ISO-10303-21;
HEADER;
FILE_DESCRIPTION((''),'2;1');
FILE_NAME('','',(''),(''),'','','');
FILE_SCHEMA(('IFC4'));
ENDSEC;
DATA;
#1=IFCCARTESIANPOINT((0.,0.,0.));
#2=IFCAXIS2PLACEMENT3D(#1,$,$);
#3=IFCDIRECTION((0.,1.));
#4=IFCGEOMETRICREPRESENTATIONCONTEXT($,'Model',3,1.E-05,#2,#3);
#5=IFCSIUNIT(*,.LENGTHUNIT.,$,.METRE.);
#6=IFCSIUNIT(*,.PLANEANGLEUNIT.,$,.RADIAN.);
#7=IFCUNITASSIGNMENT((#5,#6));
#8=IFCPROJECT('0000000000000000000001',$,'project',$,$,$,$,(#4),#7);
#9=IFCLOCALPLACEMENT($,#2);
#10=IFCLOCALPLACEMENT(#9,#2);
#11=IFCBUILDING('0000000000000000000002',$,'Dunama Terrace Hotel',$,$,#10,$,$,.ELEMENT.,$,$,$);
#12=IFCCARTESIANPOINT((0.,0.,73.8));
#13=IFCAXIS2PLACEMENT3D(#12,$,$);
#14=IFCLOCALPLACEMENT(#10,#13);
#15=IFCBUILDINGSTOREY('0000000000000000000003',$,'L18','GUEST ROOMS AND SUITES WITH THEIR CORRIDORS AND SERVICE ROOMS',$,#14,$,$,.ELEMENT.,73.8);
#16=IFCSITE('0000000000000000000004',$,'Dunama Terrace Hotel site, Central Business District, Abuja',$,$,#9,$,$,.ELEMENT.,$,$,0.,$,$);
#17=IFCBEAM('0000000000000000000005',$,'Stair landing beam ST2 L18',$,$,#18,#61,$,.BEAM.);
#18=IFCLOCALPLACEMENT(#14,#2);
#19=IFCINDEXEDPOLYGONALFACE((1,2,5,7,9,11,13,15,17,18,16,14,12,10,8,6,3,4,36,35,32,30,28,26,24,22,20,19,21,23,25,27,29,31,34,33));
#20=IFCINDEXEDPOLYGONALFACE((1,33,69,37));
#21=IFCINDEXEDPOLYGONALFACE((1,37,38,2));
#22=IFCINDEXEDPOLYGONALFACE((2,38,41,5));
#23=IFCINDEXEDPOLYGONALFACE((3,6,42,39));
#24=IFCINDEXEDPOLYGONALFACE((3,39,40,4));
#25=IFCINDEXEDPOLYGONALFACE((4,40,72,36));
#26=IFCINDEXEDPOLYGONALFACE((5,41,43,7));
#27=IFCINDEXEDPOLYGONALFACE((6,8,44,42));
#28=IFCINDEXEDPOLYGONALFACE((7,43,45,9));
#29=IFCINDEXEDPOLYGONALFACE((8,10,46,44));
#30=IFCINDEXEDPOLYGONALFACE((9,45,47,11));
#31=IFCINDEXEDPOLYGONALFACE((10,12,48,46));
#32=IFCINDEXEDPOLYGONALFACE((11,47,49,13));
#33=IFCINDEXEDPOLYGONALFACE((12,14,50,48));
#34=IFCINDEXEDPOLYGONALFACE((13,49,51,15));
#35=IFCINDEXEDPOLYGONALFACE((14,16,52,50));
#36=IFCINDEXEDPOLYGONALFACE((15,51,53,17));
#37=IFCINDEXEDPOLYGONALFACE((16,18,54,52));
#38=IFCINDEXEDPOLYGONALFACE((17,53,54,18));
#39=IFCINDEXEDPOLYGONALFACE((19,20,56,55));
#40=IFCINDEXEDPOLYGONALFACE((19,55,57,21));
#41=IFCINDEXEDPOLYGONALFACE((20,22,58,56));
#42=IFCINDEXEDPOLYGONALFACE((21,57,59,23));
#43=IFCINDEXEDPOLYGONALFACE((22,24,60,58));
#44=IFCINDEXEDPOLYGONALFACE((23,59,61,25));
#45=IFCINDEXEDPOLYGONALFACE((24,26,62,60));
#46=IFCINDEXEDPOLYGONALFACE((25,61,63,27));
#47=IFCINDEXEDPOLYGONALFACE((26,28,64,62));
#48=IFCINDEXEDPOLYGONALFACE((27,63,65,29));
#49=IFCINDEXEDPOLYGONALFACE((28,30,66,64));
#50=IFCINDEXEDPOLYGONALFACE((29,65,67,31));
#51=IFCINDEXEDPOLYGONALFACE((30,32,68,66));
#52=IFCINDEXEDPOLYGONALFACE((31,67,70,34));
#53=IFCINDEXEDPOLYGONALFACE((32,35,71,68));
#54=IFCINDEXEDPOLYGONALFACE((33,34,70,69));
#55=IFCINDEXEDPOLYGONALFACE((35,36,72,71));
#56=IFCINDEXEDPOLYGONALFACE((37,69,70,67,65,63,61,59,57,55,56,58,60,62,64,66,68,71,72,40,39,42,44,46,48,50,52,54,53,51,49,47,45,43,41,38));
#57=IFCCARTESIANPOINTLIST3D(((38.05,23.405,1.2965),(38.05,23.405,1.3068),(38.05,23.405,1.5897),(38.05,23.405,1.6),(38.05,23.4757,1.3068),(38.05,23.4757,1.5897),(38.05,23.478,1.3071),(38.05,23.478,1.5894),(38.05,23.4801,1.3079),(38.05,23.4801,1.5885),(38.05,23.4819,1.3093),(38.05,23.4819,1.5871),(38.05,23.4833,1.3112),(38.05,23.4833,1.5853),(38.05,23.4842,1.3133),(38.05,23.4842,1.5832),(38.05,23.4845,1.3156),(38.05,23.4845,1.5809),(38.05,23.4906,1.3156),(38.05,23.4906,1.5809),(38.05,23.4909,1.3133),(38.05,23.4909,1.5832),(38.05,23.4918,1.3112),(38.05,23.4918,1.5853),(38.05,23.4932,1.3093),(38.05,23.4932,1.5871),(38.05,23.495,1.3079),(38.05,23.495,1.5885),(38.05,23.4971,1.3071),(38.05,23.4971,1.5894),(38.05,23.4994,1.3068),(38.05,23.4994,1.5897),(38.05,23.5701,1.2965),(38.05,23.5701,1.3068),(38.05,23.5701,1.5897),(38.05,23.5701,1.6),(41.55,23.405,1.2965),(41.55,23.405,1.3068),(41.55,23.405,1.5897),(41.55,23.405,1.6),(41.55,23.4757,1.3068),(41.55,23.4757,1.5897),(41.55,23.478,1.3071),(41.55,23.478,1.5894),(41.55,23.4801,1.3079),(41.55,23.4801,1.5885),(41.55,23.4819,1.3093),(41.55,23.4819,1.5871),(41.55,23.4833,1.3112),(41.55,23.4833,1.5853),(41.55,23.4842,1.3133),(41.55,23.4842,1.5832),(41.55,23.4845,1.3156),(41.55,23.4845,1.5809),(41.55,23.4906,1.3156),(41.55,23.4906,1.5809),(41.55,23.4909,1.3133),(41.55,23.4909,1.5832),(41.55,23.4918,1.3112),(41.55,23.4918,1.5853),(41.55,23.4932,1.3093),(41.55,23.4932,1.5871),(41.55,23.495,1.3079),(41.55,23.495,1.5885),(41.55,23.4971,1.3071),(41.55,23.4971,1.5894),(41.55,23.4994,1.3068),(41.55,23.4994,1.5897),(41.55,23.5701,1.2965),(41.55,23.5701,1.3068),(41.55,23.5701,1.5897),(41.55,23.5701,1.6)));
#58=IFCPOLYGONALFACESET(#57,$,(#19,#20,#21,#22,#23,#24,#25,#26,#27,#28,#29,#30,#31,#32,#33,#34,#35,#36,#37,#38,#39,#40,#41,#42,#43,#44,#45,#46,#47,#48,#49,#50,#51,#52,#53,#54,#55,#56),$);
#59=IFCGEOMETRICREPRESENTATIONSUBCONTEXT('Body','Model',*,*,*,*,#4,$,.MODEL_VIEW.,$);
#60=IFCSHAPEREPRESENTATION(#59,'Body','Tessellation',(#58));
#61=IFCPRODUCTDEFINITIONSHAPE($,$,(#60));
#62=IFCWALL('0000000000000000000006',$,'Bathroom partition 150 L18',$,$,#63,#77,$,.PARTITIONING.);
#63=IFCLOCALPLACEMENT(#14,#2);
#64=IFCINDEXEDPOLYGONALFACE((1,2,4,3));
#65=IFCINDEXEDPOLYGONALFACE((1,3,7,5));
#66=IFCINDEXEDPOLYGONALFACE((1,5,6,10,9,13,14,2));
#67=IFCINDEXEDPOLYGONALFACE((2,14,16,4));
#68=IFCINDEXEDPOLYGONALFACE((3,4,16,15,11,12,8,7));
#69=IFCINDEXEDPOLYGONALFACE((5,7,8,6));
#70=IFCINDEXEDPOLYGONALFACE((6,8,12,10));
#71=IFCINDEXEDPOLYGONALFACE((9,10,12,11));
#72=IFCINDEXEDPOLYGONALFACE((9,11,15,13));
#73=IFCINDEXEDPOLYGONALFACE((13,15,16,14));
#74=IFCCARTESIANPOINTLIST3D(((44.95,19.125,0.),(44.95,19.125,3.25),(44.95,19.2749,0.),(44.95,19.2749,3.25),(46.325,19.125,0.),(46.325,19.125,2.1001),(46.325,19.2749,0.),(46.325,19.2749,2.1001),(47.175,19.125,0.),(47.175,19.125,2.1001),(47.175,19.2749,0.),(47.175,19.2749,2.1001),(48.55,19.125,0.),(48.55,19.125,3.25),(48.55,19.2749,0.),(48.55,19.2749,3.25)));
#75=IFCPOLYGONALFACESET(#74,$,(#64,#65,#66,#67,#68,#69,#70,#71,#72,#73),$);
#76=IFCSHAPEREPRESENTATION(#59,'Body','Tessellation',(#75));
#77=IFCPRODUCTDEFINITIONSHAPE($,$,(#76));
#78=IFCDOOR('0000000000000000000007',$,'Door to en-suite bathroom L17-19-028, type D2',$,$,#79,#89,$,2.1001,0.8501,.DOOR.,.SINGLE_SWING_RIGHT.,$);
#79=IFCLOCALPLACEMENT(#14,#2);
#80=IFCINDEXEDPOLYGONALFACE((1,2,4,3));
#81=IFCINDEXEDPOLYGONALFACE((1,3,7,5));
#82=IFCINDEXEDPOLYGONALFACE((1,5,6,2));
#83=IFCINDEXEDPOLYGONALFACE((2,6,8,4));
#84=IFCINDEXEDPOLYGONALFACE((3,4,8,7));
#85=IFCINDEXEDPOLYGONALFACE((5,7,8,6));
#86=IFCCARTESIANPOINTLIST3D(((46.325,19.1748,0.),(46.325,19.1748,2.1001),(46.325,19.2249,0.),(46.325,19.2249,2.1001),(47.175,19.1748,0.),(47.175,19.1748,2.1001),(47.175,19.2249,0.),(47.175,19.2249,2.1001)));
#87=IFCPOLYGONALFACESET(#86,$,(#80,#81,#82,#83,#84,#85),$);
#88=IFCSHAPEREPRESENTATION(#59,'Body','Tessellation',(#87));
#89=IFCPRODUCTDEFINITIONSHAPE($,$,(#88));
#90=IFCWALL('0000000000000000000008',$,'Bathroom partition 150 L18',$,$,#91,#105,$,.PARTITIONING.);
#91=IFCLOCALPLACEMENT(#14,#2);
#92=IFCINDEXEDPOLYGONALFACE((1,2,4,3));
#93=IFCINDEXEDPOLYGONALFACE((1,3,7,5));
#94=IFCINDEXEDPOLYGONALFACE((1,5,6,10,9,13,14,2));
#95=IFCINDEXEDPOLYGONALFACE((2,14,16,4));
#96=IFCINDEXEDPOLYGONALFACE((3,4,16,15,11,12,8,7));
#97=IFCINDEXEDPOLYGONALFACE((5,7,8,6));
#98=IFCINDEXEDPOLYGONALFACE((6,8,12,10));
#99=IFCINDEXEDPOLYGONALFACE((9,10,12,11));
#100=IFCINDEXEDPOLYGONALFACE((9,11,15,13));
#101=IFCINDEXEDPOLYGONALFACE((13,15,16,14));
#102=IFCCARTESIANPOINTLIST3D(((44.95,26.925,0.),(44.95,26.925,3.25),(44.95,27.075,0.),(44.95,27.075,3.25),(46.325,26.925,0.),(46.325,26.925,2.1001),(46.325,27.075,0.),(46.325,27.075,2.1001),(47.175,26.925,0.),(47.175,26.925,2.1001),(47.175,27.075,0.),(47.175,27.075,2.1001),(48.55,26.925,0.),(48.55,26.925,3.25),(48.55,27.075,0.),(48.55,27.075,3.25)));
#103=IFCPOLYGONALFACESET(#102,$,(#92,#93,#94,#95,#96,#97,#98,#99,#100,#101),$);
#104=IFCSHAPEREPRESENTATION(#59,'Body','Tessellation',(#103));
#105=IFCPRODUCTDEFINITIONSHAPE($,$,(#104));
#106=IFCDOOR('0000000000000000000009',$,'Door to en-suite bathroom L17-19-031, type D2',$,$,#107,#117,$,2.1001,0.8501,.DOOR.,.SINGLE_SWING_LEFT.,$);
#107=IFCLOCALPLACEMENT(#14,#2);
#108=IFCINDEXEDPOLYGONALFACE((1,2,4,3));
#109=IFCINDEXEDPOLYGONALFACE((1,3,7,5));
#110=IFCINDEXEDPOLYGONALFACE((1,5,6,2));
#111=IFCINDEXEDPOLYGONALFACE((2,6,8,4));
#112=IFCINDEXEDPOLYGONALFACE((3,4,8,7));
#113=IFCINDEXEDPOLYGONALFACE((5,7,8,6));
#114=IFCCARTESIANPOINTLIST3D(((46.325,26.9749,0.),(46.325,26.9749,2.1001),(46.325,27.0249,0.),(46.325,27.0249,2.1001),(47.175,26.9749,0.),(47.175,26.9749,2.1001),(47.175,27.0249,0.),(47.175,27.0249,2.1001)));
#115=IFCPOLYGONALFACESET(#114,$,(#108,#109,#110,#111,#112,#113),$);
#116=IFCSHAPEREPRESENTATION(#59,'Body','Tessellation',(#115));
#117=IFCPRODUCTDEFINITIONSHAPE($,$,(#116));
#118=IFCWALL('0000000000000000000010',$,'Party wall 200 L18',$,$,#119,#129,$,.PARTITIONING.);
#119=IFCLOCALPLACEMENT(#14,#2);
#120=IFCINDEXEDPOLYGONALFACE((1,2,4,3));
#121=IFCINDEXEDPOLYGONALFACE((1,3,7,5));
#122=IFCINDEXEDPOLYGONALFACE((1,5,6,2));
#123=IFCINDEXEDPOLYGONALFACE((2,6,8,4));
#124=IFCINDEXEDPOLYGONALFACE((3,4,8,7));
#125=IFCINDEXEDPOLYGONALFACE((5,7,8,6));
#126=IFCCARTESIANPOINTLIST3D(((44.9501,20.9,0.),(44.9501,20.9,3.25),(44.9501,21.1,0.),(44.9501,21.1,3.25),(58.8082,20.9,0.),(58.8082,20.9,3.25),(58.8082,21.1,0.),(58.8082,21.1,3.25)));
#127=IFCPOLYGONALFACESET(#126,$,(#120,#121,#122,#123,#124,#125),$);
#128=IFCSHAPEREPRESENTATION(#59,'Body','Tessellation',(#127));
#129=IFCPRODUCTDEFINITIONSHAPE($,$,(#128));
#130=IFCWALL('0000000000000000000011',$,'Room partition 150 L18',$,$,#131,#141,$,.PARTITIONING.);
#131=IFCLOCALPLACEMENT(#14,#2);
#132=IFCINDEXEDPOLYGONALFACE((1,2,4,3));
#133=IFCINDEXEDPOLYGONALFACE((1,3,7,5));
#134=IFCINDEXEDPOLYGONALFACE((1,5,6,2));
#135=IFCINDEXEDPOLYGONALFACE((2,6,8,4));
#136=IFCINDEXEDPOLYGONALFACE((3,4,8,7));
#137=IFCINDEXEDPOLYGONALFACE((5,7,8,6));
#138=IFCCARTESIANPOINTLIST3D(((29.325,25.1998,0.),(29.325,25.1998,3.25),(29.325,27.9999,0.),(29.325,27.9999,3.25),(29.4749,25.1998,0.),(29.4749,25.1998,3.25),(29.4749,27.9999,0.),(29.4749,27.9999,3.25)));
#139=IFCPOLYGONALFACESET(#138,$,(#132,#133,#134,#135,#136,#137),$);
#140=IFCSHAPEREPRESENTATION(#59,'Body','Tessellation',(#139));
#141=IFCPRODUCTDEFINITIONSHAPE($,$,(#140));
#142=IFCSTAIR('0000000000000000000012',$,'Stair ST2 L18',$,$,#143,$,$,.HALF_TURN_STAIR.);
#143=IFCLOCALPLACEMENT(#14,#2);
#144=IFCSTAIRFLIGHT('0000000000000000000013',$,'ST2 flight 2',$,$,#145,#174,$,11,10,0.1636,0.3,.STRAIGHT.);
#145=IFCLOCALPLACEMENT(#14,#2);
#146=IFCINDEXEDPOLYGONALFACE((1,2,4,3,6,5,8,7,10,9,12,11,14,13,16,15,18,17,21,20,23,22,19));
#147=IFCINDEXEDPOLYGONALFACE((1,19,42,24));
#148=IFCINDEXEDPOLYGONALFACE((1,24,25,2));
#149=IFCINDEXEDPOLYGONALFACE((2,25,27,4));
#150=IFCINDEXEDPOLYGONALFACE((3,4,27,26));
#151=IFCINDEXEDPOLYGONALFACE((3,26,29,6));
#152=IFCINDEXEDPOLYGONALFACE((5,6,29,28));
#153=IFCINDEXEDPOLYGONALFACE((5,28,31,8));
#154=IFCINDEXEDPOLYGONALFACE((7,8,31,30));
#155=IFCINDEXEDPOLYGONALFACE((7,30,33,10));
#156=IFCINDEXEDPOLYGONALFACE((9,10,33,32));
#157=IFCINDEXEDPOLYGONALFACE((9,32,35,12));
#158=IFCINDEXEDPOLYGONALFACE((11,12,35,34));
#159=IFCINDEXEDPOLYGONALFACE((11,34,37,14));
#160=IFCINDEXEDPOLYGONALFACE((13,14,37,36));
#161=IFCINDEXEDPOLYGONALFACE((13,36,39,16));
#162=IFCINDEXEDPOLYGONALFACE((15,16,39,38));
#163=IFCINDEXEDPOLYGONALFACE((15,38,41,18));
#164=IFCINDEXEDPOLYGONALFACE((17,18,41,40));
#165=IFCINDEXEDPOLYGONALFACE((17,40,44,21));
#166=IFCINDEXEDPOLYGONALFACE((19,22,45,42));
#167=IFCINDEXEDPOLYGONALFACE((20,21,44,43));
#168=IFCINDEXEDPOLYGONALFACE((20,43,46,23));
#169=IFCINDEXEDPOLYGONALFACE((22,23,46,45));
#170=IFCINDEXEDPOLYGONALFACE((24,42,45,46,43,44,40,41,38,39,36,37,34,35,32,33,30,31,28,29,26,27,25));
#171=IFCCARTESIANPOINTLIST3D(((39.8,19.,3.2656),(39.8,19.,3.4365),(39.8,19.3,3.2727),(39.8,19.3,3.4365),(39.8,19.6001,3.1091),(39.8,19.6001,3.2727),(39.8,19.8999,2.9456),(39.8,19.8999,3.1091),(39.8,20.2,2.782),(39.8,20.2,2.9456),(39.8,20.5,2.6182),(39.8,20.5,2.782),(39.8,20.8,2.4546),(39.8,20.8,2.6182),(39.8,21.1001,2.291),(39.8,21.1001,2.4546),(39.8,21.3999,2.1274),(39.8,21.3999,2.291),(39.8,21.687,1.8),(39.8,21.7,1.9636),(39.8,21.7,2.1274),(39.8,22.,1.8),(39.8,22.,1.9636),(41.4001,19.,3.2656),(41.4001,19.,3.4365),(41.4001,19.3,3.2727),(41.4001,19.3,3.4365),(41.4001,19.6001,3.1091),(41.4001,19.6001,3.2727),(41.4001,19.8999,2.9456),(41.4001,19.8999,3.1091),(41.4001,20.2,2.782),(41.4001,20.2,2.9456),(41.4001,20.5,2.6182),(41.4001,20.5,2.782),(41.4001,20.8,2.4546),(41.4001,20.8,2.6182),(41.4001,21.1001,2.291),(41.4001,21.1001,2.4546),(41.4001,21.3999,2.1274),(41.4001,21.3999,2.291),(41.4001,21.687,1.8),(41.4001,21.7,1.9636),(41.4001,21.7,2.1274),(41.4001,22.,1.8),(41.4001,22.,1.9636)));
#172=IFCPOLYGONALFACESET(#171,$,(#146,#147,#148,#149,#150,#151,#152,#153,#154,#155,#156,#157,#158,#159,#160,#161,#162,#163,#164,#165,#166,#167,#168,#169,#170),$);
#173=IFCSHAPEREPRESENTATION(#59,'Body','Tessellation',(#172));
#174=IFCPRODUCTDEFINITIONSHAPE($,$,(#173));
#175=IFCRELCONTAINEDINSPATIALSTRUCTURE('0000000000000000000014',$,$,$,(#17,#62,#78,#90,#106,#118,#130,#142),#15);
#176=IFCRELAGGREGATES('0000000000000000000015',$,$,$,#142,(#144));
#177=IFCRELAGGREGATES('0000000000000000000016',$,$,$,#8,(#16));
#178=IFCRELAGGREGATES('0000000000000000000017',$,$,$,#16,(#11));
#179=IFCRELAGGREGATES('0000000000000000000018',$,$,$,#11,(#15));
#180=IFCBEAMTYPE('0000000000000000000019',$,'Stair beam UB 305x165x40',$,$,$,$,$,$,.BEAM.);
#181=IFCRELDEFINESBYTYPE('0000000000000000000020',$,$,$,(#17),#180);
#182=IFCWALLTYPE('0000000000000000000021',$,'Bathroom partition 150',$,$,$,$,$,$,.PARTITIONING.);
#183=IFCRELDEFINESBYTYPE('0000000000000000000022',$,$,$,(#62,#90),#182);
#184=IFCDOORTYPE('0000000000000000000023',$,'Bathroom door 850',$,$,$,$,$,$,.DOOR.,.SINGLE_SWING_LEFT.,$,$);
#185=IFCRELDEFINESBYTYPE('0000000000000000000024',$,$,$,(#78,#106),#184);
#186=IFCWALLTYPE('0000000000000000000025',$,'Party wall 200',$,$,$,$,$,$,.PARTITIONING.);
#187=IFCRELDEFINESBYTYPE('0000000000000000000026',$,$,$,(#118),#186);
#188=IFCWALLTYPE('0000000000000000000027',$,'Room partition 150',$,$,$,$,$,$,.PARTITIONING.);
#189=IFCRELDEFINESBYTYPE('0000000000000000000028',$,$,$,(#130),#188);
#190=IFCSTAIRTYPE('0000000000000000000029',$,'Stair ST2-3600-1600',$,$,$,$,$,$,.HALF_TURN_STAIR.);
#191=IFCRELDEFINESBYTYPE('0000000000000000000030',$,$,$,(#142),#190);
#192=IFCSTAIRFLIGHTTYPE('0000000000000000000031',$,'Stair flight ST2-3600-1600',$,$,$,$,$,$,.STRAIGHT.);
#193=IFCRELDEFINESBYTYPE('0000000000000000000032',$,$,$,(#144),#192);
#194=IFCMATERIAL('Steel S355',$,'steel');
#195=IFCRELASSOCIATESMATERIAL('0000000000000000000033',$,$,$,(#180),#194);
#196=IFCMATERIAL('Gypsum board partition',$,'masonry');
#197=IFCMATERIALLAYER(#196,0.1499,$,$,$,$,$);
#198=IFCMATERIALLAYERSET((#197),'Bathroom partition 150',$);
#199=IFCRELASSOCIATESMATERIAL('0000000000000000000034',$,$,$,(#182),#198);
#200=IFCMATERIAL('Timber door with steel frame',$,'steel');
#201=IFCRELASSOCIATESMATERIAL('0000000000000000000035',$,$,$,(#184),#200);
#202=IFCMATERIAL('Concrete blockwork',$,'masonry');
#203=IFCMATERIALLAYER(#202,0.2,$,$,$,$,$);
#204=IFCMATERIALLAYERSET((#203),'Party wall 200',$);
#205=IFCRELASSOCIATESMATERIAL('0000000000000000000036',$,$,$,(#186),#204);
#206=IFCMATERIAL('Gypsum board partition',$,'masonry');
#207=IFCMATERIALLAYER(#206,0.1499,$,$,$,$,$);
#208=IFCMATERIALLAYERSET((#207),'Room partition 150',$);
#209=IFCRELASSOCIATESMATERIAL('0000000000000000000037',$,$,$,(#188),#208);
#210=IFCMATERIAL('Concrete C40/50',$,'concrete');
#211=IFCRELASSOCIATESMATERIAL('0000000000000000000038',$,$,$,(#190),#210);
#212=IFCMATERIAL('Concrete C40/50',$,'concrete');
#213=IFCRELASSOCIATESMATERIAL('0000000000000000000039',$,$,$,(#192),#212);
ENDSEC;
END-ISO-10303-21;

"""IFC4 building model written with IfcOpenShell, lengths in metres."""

from ifc_helpers import new_model, si_unit, direction, frame, frame_2d, origin, origin_2d, place, context, subcontext, project, spatial, polyline, rectangle, i_section, outline, extrude, material, layer, layer_set, material_profile, profile_set, type_object, element, fill, aggregate, save


model = new_model("IFC4")

# Units and contexts
model_context = context("Model", 3, precision=1e-05, world=origin(), true_north=direction((0.0, 1.0)))
body_context = subcontext(model_context, "Body", "Model", "MODEL_VIEW")
ifc_project = project(units=[si_unit("LENGTHUNIT", "METRE"), si_unit("PLANEANGLEUNIT", "RADIAN")], contexts=[model_context])

# Site, building, storey
site_placement = place(None, origin())
site = spatial("IfcSite", under=ifc_project, at=site_placement, Name="Dunama Terrace Hotel site, Central Business District, Abuja", CompositionType="ELEMENT", RefElevation=0.0)
building_placement = place(site_placement, origin())
building = spatial("IfcBuilding", under=site, at=building_placement, Name="Dunama Terrace Hotel", CompositionType="ELEMENT")
storey_placement = place(building_placement, frame((0.0, 0.0, 73.8)))
storey = spatial("IfcBuildingStorey", under=building, at=storey_placement, Name="L18", Description="GUEST ROOMS AND SUITES WITH THEIR CORRIDORS AND SERVICE ROOMS", CompositionType="ELEMENT", Elevation=73.8)

# Beam
ifc_material_1 = material(Name="Steel S355", Category="steel")
ifc_material_profile = material_profile(ifc_material_1, i_section(OverallWidth=0.165, OverallDepth=0.3035, WebThickness=0.0061, FlangeThickness=0.0103, FilletRadius=0.0088, at=origin_2d()), Name="UB 305x165x40")
ifc_profile_set = profile_set([ifc_material_profile], Name="Steel S355")
beam_type = type_object("IfcBeamType", Name="Stair beam UB 305x165x40", PredefinedType="BEAM", material=ifc_profile_set)
beam_placement = place(storey_placement, frame((38.05, 23.4875, 1.4482), z_axis=(1.0, 0.0, 0.0), x_axis=(0.0, 1.0, 0.0)))
element("IfcBeam", 1, at=beam_placement, inside=storey, type_object=beam_type, Name="Stair landing beam ST2 L18", PredefinedType="BEAM", context=body_context, shape_type="SweptSolid", body=[
    extrude(i_section(OverallWidth=0.165, OverallDepth=0.3035, WebThickness=0.0061, FlangeThickness=0.0103, FilletRadius=0.0088, at=origin_2d()), origin(), (0.0, 0.0, 1.0), 3.5),
])

# Walls, openings, doors
ifc_material_2 = material(Name="Gypsum board partition", Category="masonry")
ifc_layer_1 = layer(ifc_material_2, 0.1499)
ifc_layer_set_1 = layer_set([ifc_layer_1], Name="Bathroom partition 150")
wall_type_1 = type_object("IfcWallType", Name="Bathroom partition 150", PredefinedType="PARTITIONING", material=ifc_layer_set_1)
wall_1_placement = place(storey_placement, frame((44.95, 19.2, 0.0), z_axis=(0.0, 0.0, 1.0), x_axis=(1.0, 0.0, 0.0)))
wall_1 = element("IfcWall", 2, at=wall_1_placement, inside=storey, type_object=wall_type_1, Name="Bathroom partition 150 L18", PredefinedType="PARTITIONING", context=body_context, shape_type="SweptSolid", body=[
    extrude(rectangle(XDim=3.6001, YDim=0.1499, at=frame_2d((1.8, 0.0))), origin(), (0.0, 0.0, 1.0), 3.25),
])
opening_1_placement = place(wall_1_placement, frame((1.375, 0.0, 0.0)))
opening_1 = element("IfcOpeningElement", 3, at=opening_1_placement, cuts=wall_1, PredefinedType="OPENING", context=body_context, shape_type="SweptSolid", body=[
    extrude(rectangle(XDim=0.8501, YDim=2.1001, at=frame_2d((0.425, 1.05))), frame((0.0, 0.085, 0.0), z_axis=(0.0, -1.0, 0.0), x_axis=(1.0, 0.0, 0.0)), (0.0, 0.0, 1.0), 0.1699),
])
ifc_material_3 = material(Name="Timber door with steel frame", Category="steel")
door_type = type_object("IfcDoorType", Name="Bathroom door 850", OperationType="SINGLE_SWING_LEFT", PredefinedType="DOOR", material=ifc_material_3)
door_1_placement = place(opening_1_placement, frame((0.8501, 0.0, 0.0), z_axis=(0.0, 0.0, 1.0), x_axis=(-1.0, 0.0, 0.0)))
door_1 = element("IfcDoor", 4, at=door_1_placement, inside=storey, type_object=door_type, Name="Door to en-suite bathroom L17-19-028, type D2", OperationType="SINGLE_SWING_RIGHT", OverallHeight=2.1001, OverallWidth=0.8501, PredefinedType="DOOR", context=body_context, shape_type="SweptSolid", body=[
    extrude(rectangle(XDim=0.8501, YDim=2.1001, at=frame_2d((0.425, 1.05))), frame((0.0, 0.0251, 0.0), z_axis=(0.0, -1.0, 0.0), x_axis=(1.0, 0.0, 0.0)), (0.0, 0.0, 1.0), 0.05),
])
fill(opening_1, door_1)
wall_2_placement = place(storey_placement, frame((44.95, 27.0, 0.0), z_axis=(0.0, 0.0, 1.0), x_axis=(1.0, 0.0, 0.0)))
wall_2 = element("IfcWall", 5, at=wall_2_placement, inside=storey, type_object=wall_type_1, Name="Bathroom partition 150 L18", PredefinedType="PARTITIONING", context=body_context, shape_type="SweptSolid", body=[
    extrude(rectangle(XDim=3.6001, YDim=0.1499, at=frame_2d((1.8, 0.0))), origin(), (0.0, 0.0, 1.0), 3.25),
])
opening_2_placement = place(wall_2_placement, frame((1.375, 0.0, 0.0)))
opening_2 = element("IfcOpeningElement", 6, at=opening_2_placement, cuts=wall_2, PredefinedType="OPENING", context=body_context, shape_type="SweptSolid", body=[
    extrude(rectangle(XDim=0.8501, YDim=2.1001, at=frame_2d((0.425, 1.05))), frame((0.0, 0.085, 0.0), z_axis=(0.0, -1.0, 0.0), x_axis=(1.0, 0.0, 0.0)), (0.0, 0.0, 1.0), 0.1699),
])
door_2_placement = place(opening_2_placement, origin())
door_2 = element("IfcDoor", 7, at=door_2_placement, inside=storey, type_object=door_type, Name="Door to en-suite bathroom L17-19-031, type D2", OperationType="SINGLE_SWING_LEFT", OverallHeight=2.1001, OverallWidth=0.8501, PredefinedType="DOOR", context=body_context, shape_type="SweptSolid", body=[
    extrude(rectangle(XDim=0.8501, YDim=2.1001, at=frame_2d((0.425, 1.05))), frame((0.0, 0.0249, 0.0), z_axis=(0.0, -1.0, 0.0), x_axis=(1.0, 0.0, 0.0)), (0.0, 0.0, 1.0), 0.05),
])
fill(opening_2, door_2)

# Walls
ifc_material_4 = material(Name="Concrete blockwork", Category="masonry")
ifc_layer_2 = layer(ifc_material_4, 0.2)
ifc_layer_set_2 = layer_set([ifc_layer_2], Name="Party wall 200")
wall_type_2 = type_object("IfcWallType", Name="Party wall 200", PredefinedType="PARTITIONING", material=ifc_layer_set_2)
wall_3_placement = place(storey_placement, frame((44.95, 21.0, 0.0), z_axis=(0.0, 0.0, 1.0), x_axis=(1.0, 0.0, 0.0)))
element("IfcWall", 8, at=wall_3_placement, inside=storey, type_object=wall_type_2, Name="Party wall 200 L18", PredefinedType="PARTITIONING", context=body_context, shape_type="SweptSolid", body=[
    extrude(rectangle(XDim=13.8582, YDim=0.2, at=frame_2d((6.9292, 0.0))), origin(), (0.0, 0.0, 1.0), 3.25),
])
ifc_material_5 = material(Name="Gypsum board partition", Category="masonry")
ifc_layer_3 = layer(ifc_material_5, 0.1499)
ifc_layer_set_3 = layer_set([ifc_layer_3], Name="Room partition 150")
wall_type_3 = type_object("IfcWallType", Name="Room partition 150", PredefinedType="PARTITIONING", material=ifc_layer_set_3)
wall_4_placement = place(storey_placement, frame((29.3999, 25.2, 0.0), z_axis=(0.0, 0.0, 1.0), x_axis=(0.0, 1.0, 0.0)))
element("IfcWall", 9, at=wall_4_placement, inside=storey, type_object=wall_type_3, Name="Room partition 150 L18", PredefinedType="PARTITIONING", context=body_context, shape_type="SweptSolid", body=[
    extrude(rectangle(XDim=2.8, YDim=0.1499, at=frame_2d((1.3999, 0.0))), origin(), (0.0, 0.0, 1.0), 3.25),
])

# Stair, stair flight
ifc_material_6 = material(Name="Concrete C40/50", Category="concrete")
stair_type = type_object("IfcStairType", Name="Stair ST2-3600-1600", PredefinedType="HALF_TURN_STAIR", material=ifc_material_6)
stair_placement = place(storey_placement, origin())
stair = element("IfcStair", 10, at=stair_placement, inside=storey, type_object=stair_type, Name="Stair ST2 L18", PredefinedType="HALF_TURN_STAIR")
ifc_material_7 = material(Name="Concrete C40/50", Category="concrete")
stair_flight_type = type_object("IfcStairFlightType", Name="Stair flight ST2-3600-1600", PredefinedType="STRAIGHT", material=ifc_material_7)
stair_flight_placement = place(storey_placement, frame((40.6001, 22.0, 1.8), z_axis=(0.0, 0.0, 1.0), x_axis=(0.0, -1.0, 0.0)))
stair_flight = element("IfcStairFlight", 11, at=stair_flight_placement, type_object=stair_flight_type, Name="ST2 flight 2", NumberOfRisers=11, NumberOfTreads=10, PredefinedType="STRAIGHT", RiserHeight=0.1636, TreadLength=0.3, context=body_context, shape_type="SweptSolid", body=[
    extrude(outline(polyline([(0.0, 0.0), (0.0, 0.1636), (0.3, 0.1636), (0.3, 0.3274), (0.6001, 0.3274), (0.6001, 0.491), (0.8999, 0.491), (0.8999, 0.6545), (1.2, 0.6545), (1.2, 0.8181), (1.5, 0.8181), (1.5, 0.9819), (1.8, 0.9819), (1.8, 1.1455), (2.1001, 1.1455), (2.1001, 1.3091), (2.3999, 1.3091), (2.3999, 1.4727), (2.7, 1.4727), (2.7, 1.6365), (3.0, 1.6365), (3.0, 1.8), (3.0, 1.4656), (0.313, 0.0), (0.0, 0.0)])), frame((0.0, 0.8, 0.0), z_axis=(0.0, -1.0, 0.0), x_axis=(1.0, 0.0, 0.0)), (0.0, 0.0, 1.0), 1.6001),
])
aggregate(stair, [stair_flight])

save(model, "model.ifc")
